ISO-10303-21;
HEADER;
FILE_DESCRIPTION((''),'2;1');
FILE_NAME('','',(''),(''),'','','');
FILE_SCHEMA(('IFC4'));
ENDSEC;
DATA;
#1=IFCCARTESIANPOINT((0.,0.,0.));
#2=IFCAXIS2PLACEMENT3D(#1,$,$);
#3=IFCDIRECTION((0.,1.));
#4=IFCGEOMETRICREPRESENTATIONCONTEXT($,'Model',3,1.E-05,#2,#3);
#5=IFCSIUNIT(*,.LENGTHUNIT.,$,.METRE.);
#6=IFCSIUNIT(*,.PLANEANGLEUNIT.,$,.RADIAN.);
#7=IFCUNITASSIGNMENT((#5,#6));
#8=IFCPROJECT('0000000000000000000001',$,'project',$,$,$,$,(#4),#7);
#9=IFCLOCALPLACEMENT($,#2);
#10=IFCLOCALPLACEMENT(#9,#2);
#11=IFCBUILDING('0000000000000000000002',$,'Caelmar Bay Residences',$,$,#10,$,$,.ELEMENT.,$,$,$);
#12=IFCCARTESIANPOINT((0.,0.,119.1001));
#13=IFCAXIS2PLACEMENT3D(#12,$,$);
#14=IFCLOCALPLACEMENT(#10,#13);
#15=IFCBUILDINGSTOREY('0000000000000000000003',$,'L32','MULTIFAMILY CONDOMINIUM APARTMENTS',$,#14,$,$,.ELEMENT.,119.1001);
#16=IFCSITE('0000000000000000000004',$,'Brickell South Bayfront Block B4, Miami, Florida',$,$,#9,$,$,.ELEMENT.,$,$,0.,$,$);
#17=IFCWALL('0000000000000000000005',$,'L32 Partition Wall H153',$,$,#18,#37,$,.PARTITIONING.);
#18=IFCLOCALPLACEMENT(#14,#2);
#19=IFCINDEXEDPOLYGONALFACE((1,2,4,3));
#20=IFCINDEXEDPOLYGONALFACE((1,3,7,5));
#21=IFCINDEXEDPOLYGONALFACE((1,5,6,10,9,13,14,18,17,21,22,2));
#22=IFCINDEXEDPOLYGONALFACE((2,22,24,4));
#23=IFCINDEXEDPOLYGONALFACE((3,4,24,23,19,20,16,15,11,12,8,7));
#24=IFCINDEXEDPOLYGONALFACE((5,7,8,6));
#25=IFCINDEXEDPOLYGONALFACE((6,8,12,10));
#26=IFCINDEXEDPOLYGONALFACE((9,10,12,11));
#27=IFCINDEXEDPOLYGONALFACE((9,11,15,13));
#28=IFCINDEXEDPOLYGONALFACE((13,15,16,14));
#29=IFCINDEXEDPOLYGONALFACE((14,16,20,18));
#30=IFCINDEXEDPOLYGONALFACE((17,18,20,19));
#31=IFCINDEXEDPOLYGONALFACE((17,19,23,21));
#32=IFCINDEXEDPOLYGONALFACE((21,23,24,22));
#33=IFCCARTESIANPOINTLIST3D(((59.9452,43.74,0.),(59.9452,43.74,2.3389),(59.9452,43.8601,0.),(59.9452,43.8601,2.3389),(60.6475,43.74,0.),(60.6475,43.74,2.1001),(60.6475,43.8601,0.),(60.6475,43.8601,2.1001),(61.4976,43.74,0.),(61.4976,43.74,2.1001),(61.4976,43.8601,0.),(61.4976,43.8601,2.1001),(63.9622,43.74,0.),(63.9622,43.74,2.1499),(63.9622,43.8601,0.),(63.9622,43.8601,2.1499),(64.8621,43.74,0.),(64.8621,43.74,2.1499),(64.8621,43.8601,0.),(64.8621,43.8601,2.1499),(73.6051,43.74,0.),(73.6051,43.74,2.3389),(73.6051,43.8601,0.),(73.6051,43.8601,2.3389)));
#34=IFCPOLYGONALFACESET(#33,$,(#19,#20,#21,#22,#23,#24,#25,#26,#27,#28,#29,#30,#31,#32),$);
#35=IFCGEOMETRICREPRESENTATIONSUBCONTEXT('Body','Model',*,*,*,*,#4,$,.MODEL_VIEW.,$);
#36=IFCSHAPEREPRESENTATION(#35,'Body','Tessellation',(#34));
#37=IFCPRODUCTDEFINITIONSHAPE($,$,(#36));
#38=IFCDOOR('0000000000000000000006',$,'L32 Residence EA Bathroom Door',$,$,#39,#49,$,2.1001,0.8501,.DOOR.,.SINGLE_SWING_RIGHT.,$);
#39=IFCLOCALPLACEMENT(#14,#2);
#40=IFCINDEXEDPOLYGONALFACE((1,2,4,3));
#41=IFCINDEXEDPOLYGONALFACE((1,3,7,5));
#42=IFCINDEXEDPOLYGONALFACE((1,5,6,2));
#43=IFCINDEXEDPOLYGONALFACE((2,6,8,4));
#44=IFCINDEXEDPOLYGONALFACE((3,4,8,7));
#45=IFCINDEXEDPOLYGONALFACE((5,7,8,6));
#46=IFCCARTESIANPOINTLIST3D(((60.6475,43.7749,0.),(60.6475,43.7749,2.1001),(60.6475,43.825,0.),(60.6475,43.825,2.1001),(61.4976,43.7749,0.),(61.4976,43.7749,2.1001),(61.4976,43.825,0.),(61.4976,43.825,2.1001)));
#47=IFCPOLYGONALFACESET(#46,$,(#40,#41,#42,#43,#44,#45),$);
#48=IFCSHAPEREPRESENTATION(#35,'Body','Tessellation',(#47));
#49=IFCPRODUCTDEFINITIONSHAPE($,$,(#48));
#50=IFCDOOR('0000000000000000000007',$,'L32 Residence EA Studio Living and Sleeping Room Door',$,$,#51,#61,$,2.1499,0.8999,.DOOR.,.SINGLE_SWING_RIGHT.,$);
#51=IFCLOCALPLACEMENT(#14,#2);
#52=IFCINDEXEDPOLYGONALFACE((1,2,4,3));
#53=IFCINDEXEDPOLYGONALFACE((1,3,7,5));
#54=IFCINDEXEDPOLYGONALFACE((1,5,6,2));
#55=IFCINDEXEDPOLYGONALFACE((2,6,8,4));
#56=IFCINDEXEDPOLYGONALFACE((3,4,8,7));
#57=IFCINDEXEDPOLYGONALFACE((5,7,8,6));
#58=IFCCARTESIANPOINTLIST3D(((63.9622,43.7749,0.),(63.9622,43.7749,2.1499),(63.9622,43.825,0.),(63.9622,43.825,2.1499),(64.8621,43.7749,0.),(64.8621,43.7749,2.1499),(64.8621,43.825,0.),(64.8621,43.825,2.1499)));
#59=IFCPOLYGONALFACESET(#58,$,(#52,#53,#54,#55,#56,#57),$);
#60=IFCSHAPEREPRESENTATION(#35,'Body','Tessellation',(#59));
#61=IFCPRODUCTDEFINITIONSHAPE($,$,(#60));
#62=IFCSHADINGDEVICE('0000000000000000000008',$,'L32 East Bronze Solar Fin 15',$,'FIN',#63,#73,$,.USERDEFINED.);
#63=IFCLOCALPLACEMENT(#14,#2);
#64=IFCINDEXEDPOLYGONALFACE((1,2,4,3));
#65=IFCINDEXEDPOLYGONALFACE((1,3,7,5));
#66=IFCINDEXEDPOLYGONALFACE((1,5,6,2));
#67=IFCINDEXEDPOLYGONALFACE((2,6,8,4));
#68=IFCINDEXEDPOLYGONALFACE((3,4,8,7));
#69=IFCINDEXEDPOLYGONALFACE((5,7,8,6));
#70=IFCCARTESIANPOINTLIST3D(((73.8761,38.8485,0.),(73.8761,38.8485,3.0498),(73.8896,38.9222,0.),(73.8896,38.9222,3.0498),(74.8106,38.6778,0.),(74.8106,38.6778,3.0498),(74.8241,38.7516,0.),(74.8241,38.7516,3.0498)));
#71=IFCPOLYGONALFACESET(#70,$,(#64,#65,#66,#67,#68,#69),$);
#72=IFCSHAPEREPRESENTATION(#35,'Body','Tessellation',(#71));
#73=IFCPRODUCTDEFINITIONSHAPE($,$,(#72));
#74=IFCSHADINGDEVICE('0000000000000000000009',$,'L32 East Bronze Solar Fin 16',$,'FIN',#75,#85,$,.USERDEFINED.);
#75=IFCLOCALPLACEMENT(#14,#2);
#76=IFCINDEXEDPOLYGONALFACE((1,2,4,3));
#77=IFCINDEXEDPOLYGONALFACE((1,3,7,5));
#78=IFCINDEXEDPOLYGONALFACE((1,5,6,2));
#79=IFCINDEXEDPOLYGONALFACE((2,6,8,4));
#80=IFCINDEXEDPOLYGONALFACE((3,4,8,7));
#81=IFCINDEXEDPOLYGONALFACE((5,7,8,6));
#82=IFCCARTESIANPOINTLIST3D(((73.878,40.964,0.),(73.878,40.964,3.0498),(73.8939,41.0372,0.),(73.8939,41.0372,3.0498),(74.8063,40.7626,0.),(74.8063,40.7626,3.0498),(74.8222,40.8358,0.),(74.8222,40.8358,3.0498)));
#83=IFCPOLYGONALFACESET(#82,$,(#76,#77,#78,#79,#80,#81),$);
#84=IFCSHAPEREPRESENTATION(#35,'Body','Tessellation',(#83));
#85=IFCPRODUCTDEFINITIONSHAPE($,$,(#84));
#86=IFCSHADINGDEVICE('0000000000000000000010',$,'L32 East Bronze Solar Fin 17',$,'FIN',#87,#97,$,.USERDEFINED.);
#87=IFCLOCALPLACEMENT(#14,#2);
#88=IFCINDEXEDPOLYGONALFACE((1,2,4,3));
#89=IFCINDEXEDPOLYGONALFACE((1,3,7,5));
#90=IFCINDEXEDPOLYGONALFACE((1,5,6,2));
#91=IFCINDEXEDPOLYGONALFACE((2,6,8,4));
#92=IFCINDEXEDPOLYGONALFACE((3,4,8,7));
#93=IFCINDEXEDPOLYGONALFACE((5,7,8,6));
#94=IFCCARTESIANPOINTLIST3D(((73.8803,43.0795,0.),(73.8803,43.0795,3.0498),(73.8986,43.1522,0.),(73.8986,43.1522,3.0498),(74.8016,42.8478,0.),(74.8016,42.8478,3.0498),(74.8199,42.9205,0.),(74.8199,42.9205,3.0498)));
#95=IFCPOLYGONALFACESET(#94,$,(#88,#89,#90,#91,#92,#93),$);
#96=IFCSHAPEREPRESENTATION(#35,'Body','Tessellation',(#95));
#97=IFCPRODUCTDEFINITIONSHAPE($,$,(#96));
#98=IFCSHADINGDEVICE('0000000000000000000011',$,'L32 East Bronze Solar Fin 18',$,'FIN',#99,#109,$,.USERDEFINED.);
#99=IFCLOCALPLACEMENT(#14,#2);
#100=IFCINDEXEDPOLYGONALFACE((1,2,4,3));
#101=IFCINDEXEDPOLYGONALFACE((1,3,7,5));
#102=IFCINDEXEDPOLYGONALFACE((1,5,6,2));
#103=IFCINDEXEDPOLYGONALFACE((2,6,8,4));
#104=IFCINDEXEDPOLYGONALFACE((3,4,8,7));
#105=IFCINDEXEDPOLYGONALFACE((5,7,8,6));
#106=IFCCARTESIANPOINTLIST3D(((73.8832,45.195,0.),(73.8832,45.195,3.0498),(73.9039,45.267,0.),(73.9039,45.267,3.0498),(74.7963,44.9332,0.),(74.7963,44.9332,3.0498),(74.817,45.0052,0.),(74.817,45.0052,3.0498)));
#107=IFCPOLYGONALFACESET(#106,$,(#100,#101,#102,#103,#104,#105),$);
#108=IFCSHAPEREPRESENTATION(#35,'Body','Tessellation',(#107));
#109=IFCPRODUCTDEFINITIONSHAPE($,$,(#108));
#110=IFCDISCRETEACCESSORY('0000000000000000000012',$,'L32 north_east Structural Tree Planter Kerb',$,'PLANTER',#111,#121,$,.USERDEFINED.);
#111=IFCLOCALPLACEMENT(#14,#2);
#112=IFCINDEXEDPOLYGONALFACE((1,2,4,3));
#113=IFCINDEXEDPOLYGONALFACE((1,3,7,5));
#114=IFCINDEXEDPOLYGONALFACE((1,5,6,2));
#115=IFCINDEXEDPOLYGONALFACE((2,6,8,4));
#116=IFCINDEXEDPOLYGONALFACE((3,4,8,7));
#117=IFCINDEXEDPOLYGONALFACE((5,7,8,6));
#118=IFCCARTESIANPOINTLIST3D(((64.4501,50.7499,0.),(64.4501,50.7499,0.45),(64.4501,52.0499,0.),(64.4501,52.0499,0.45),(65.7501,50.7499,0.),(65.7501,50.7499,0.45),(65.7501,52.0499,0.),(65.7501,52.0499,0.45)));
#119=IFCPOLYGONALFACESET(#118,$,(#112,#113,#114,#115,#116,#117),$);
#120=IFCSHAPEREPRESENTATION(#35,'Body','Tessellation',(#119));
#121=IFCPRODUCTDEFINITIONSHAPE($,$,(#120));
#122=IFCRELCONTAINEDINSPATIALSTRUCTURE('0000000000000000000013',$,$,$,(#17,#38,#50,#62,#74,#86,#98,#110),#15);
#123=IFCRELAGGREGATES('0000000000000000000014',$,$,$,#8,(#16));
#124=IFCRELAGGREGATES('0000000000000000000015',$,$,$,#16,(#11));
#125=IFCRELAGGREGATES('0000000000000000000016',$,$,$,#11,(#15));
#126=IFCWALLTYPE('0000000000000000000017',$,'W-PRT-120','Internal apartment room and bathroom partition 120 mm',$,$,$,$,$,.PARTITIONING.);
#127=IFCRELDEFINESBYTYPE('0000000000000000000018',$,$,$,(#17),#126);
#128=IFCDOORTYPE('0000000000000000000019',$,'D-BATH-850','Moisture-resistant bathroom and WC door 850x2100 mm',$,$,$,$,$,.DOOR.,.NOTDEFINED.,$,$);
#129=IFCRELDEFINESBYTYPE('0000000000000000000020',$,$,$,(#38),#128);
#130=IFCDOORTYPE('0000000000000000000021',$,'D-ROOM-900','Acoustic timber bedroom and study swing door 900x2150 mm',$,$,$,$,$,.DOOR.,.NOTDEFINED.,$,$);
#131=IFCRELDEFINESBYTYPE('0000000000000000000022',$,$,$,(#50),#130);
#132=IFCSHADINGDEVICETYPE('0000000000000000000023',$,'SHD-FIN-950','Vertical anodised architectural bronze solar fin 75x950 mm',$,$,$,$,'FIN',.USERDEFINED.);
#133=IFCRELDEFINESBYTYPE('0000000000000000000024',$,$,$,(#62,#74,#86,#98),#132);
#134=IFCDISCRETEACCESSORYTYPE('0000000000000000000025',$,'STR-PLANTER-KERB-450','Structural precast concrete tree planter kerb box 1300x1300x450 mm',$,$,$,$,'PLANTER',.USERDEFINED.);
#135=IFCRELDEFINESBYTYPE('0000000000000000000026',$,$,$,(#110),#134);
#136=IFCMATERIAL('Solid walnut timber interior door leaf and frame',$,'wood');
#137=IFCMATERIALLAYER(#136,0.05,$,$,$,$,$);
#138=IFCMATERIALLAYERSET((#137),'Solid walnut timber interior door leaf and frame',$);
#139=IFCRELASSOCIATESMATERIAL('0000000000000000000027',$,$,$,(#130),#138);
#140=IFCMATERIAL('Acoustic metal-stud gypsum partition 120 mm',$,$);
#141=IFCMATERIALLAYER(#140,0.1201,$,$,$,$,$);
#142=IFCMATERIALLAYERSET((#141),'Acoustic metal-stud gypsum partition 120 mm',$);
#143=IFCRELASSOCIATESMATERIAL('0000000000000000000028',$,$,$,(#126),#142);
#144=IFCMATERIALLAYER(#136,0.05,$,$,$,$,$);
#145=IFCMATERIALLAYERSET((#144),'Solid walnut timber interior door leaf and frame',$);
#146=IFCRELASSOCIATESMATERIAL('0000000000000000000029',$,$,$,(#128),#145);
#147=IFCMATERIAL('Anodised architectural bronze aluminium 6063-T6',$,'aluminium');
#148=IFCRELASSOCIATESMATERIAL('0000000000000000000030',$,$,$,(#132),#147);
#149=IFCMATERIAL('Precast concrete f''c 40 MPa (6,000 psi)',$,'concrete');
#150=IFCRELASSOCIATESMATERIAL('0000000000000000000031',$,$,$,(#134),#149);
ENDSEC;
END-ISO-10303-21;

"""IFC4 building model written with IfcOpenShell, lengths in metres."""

from ifc_helpers import new_model, si_unit, direction, frame, frame_2d, origin, origin_2d, place, context, subcontext, project, spatial, rectangle, extrude, material, layer, layer_set, material_profile, profile_set, type_object, element, fill, save


model = new_model("IFC4")

# Units and contexts
model_context = context("Model", 3, precision=1e-05, world=origin(), true_north=direction((0.0, 1.0)))
body_context = subcontext(model_context, "Body", "Model", "MODEL_VIEW")
ifc_project = project(units=[si_unit("LENGTHUNIT", "METRE"), si_unit("PLANEANGLEUNIT", "RADIAN")], contexts=[model_context])

# Site, building, storey
site_placement = place(None, origin())
site = spatial("IfcSite", under=ifc_project, at=site_placement, Name="Brickell South Bayfront Block B4, Miami, Florida", CompositionType="ELEMENT", RefElevation=0.0)
building_placement = place(site_placement, origin())
building = spatial("IfcBuilding", under=site, at=building_placement, Name="Caelmar Bay Residences", CompositionType="ELEMENT")
storey_placement = place(building_placement, frame((0.0, 0.0, 119.1001)))
storey = spatial("IfcBuildingStorey", under=building, at=storey_placement, Name="L32", Description="MULTIFAMILY CONDOMINIUM APARTMENTS", CompositionType="ELEMENT", Elevation=119.1001)

# Shared definitions
ifc_material_1 = material(Name="Precast concrete f'c 40 MPa (6,000 psi)", Category="concrete")

# Shared definitions
ifc_material_2 = material(Name="Solid walnut timber interior door leaf and frame", Category="wood")
ifc_layer_1 = layer(ifc_material_2, 0.05)
ifc_layer_set_1 = layer_set([ifc_layer_1], Name="Solid walnut timber interior door leaf and frame")
door_type_1 = type_object("IfcDoorType", Name="D-ROOM-900", Description="Acoustic timber bedroom and study swing door 900x2150 mm", OperationType="NOTDEFINED", PredefinedType="DOOR", material=ifc_layer_set_1)
ifc_material_3 = material(Name="Acoustic metal-stud gypsum partition 120 mm")
ifc_layer_2 = layer(ifc_material_3, 0.1201)
ifc_layer_set_2 = layer_set([ifc_layer_2], Name="Acoustic metal-stud gypsum partition 120 mm")
wall_type_1 = type_object("IfcWallType", Name="W-PRT-120", Description="Internal apartment room and bathroom partition 120 mm", PredefinedType="PARTITIONING", material=ifc_layer_set_2)

# Wall, openings, doors
wall_1_placement = place(storey_placement, frame((59.9451, 43.8, 0.0), z_axis=(0.0, 0.0, 1.0), x_axis=(1.0, 0.0, 0.0)))
wall_1 = element("IfcWall", 1, at=wall_1_placement, inside=storey, type_object=wall_type_1, Name="L32 Partition Wall H153", PredefinedType="PARTITIONING", context=body_context, shape_type="SweptSolid", body=[
    extrude(rectangle(XDim=13.6599, YDim=0.1201, at=frame_2d((6.8301, 0.0))), origin(), (0.0, 0.0, 1.0), 2.3389),
])
opening_1_placement = place(wall_1_placement, frame((4.0171, 0.0, 0.0)))
opening_1 = element("IfcOpeningElement", 2, at=opening_1_placement, cuts=wall_1, PredefinedType="OPENING", context=body_context, shape_type="SweptSolid", body=[
    extrude(rectangle(XDim=0.8999, YDim=2.1499, at=frame_2d((0.45, 1.075))), frame((0.0, 0.0701, 0.0), z_axis=(0.0, -1.0, 0.0), x_axis=(1.0, 0.0, 0.0)), (0.0, 0.0, 1.0), 0.1401),
])
opening_2_placement = place(wall_1_placement, frame((0.7024, 0.0, 0.0)))
opening_2 = element("IfcOpeningElement", 3, at=opening_2_placement, cuts=wall_1, PredefinedType="OPENING", context=body_context, shape_type="SweptSolid", body=[
    extrude(rectangle(XDim=0.8501, YDim=2.1001, at=frame_2d((0.425, 1.05))), frame((0.0, 0.0701, 0.0), z_axis=(0.0, -1.0, 0.0), x_axis=(1.0, 0.0, 0.0)), (0.0, 0.0, 1.0), 0.1401),
])
ifc_layer_3 = layer(ifc_material_2, 0.05)
ifc_layer_set_3 = layer_set([ifc_layer_3], Name="Solid walnut timber interior door leaf and frame")
door_type_2 = type_object("IfcDoorType", Name="D-BATH-850", Description="Moisture-resistant bathroom and WC door 850x2100 mm", OperationType="NOTDEFINED", PredefinedType="DOOR", material=ifc_layer_set_3)
door_1_placement = place(opening_2_placement, origin())
door_1 = element("IfcDoor", 4, at=door_1_placement, inside=storey, type_object=door_type_2, Name="L32 Residence EA Bathroom Door", OperationType="SINGLE_SWING_RIGHT", OverallHeight=2.1001, OverallWidth=0.8501, PredefinedType="DOOR", context=body_context, shape_type="SweptSolid", body=[
    extrude(rectangle(XDim=0.8501, YDim=2.1001, at=frame_2d((0.425, 1.05))), frame((0.0, 0.0249, 0.0), z_axis=(0.0, -1.0, 0.0), x_axis=(1.0, 0.0, 0.0)), (0.0, 0.0, 1.0), 0.05),
])
fill(opening_2, door_1)
door_2_placement = place(opening_1_placement, origin())
door_2 = element("IfcDoor", 5, at=door_2_placement, inside=storey, type_object=door_type_1, Name="L32 Residence EA Studio Living and Sleeping Room Door", OperationType="SINGLE_SWING_RIGHT", OverallHeight=2.1499, OverallWidth=0.8999, PredefinedType="DOOR", context=body_context, shape_type="SweptSolid", body=[
    extrude(rectangle(XDim=0.8999, YDim=2.1499, at=frame_2d((0.45, 1.075))), frame((0.0, 0.0249, 0.0), z_axis=(0.0, -1.0, 0.0), x_axis=(1.0, 0.0, 0.0)), (0.0, 0.0, 1.0), 0.05),
])
fill(opening_1, door_2)

# Shading devices
ifc_material_4 = material(Name="Anodised architectural bronze aluminium 6063-T6", Category="aluminium")
ifc_material_profile_1 = material_profile(ifc_material_4, rectangle(XDim=0.075, YDim=0.95, at=origin_2d()), Name="BRONZE-FIN-75X950")
ifc_profile_set_1 = profile_set([ifc_material_profile_1], Name="Anodised architectural bronze aluminium 6063-T6")
shading_device_type = type_object("IfcShadingDeviceType", Name="SHD-FIN-950", Description="Vertical anodised architectural bronze solar fin 75x950 mm", ElementType="FIN", PredefinedType="USERDEFINED", material=ifc_profile_set_1)
for number, where, z_axis, x_axis, name in (
    (6, (74.3501, 38.8, 0.0), (0.0, 0.0, 1.0), (0.179661, 0.983729, 0.0), "L32 East Bronze Solar Fin 15"),
    (7, (74.3501, 40.8999, 0.0), (0.0, 0.0, 1.0), (0.212007, 0.977268, 0.0), "L32 East Bronze Solar Fin 16"),
    (8, (74.3501, 43.0, 0.0), (0.0, 0.0, 1.0), (0.243954, 0.969787, 0.0), "L32 East Bronze Solar Fin 17"),
    (9, (74.3501, 45.1001, 0.0), (0.0, 0.0, 1.0), (0.275637, 0.961262, 0.0), "L32 East Bronze Solar Fin 18"),
):
    element("IfcShadingDevice", number, at=place(storey_placement, frame(where, z_axis=z_axis, x_axis=x_axis)), inside=storey, type_object=shading_device_type, Name=name, ObjectType="FIN", PredefinedType="USERDEFINED", context=body_context, shape_type="SweptSolid", body=[
        extrude(rectangle(XDim=0.075, YDim=0.95, at=origin_2d()), origin(), (0.0, 0.0, 1.0), 3.0498),
    ])

# Discrete accessory
discrete_accessory_type = type_object("IfcDiscreteAccessoryType", Name="STR-PLANTER-KERB-450", Description="Structural precast concrete tree planter kerb box 1300x1300x450 mm", ElementType="PLANTER", PredefinedType="USERDEFINED", material=ifc_material_1)
discrete_accessory_placement = place(storey_placement, frame((65.1001, 51.3999, 0.0), z_axis=(0.0, 0.0, 1.0), x_axis=(1.0, 0.0, 0.0)))
element("IfcDiscreteAccessory", 10, at=discrete_accessory_placement, inside=storey, type_object=discrete_accessory_type, Name="L32 north_east Structural Tree Planter Kerb", ObjectType="PLANTER", PredefinedType="USERDEFINED", context=body_context, shape_type="SweptSolid", body=[
    extrude(rectangle(XDim=1.3, YDim=1.3, at=origin_2d()), origin(), (0.0, 0.0, 1.0), 0.45),
])

save(model, "model.ifc")
